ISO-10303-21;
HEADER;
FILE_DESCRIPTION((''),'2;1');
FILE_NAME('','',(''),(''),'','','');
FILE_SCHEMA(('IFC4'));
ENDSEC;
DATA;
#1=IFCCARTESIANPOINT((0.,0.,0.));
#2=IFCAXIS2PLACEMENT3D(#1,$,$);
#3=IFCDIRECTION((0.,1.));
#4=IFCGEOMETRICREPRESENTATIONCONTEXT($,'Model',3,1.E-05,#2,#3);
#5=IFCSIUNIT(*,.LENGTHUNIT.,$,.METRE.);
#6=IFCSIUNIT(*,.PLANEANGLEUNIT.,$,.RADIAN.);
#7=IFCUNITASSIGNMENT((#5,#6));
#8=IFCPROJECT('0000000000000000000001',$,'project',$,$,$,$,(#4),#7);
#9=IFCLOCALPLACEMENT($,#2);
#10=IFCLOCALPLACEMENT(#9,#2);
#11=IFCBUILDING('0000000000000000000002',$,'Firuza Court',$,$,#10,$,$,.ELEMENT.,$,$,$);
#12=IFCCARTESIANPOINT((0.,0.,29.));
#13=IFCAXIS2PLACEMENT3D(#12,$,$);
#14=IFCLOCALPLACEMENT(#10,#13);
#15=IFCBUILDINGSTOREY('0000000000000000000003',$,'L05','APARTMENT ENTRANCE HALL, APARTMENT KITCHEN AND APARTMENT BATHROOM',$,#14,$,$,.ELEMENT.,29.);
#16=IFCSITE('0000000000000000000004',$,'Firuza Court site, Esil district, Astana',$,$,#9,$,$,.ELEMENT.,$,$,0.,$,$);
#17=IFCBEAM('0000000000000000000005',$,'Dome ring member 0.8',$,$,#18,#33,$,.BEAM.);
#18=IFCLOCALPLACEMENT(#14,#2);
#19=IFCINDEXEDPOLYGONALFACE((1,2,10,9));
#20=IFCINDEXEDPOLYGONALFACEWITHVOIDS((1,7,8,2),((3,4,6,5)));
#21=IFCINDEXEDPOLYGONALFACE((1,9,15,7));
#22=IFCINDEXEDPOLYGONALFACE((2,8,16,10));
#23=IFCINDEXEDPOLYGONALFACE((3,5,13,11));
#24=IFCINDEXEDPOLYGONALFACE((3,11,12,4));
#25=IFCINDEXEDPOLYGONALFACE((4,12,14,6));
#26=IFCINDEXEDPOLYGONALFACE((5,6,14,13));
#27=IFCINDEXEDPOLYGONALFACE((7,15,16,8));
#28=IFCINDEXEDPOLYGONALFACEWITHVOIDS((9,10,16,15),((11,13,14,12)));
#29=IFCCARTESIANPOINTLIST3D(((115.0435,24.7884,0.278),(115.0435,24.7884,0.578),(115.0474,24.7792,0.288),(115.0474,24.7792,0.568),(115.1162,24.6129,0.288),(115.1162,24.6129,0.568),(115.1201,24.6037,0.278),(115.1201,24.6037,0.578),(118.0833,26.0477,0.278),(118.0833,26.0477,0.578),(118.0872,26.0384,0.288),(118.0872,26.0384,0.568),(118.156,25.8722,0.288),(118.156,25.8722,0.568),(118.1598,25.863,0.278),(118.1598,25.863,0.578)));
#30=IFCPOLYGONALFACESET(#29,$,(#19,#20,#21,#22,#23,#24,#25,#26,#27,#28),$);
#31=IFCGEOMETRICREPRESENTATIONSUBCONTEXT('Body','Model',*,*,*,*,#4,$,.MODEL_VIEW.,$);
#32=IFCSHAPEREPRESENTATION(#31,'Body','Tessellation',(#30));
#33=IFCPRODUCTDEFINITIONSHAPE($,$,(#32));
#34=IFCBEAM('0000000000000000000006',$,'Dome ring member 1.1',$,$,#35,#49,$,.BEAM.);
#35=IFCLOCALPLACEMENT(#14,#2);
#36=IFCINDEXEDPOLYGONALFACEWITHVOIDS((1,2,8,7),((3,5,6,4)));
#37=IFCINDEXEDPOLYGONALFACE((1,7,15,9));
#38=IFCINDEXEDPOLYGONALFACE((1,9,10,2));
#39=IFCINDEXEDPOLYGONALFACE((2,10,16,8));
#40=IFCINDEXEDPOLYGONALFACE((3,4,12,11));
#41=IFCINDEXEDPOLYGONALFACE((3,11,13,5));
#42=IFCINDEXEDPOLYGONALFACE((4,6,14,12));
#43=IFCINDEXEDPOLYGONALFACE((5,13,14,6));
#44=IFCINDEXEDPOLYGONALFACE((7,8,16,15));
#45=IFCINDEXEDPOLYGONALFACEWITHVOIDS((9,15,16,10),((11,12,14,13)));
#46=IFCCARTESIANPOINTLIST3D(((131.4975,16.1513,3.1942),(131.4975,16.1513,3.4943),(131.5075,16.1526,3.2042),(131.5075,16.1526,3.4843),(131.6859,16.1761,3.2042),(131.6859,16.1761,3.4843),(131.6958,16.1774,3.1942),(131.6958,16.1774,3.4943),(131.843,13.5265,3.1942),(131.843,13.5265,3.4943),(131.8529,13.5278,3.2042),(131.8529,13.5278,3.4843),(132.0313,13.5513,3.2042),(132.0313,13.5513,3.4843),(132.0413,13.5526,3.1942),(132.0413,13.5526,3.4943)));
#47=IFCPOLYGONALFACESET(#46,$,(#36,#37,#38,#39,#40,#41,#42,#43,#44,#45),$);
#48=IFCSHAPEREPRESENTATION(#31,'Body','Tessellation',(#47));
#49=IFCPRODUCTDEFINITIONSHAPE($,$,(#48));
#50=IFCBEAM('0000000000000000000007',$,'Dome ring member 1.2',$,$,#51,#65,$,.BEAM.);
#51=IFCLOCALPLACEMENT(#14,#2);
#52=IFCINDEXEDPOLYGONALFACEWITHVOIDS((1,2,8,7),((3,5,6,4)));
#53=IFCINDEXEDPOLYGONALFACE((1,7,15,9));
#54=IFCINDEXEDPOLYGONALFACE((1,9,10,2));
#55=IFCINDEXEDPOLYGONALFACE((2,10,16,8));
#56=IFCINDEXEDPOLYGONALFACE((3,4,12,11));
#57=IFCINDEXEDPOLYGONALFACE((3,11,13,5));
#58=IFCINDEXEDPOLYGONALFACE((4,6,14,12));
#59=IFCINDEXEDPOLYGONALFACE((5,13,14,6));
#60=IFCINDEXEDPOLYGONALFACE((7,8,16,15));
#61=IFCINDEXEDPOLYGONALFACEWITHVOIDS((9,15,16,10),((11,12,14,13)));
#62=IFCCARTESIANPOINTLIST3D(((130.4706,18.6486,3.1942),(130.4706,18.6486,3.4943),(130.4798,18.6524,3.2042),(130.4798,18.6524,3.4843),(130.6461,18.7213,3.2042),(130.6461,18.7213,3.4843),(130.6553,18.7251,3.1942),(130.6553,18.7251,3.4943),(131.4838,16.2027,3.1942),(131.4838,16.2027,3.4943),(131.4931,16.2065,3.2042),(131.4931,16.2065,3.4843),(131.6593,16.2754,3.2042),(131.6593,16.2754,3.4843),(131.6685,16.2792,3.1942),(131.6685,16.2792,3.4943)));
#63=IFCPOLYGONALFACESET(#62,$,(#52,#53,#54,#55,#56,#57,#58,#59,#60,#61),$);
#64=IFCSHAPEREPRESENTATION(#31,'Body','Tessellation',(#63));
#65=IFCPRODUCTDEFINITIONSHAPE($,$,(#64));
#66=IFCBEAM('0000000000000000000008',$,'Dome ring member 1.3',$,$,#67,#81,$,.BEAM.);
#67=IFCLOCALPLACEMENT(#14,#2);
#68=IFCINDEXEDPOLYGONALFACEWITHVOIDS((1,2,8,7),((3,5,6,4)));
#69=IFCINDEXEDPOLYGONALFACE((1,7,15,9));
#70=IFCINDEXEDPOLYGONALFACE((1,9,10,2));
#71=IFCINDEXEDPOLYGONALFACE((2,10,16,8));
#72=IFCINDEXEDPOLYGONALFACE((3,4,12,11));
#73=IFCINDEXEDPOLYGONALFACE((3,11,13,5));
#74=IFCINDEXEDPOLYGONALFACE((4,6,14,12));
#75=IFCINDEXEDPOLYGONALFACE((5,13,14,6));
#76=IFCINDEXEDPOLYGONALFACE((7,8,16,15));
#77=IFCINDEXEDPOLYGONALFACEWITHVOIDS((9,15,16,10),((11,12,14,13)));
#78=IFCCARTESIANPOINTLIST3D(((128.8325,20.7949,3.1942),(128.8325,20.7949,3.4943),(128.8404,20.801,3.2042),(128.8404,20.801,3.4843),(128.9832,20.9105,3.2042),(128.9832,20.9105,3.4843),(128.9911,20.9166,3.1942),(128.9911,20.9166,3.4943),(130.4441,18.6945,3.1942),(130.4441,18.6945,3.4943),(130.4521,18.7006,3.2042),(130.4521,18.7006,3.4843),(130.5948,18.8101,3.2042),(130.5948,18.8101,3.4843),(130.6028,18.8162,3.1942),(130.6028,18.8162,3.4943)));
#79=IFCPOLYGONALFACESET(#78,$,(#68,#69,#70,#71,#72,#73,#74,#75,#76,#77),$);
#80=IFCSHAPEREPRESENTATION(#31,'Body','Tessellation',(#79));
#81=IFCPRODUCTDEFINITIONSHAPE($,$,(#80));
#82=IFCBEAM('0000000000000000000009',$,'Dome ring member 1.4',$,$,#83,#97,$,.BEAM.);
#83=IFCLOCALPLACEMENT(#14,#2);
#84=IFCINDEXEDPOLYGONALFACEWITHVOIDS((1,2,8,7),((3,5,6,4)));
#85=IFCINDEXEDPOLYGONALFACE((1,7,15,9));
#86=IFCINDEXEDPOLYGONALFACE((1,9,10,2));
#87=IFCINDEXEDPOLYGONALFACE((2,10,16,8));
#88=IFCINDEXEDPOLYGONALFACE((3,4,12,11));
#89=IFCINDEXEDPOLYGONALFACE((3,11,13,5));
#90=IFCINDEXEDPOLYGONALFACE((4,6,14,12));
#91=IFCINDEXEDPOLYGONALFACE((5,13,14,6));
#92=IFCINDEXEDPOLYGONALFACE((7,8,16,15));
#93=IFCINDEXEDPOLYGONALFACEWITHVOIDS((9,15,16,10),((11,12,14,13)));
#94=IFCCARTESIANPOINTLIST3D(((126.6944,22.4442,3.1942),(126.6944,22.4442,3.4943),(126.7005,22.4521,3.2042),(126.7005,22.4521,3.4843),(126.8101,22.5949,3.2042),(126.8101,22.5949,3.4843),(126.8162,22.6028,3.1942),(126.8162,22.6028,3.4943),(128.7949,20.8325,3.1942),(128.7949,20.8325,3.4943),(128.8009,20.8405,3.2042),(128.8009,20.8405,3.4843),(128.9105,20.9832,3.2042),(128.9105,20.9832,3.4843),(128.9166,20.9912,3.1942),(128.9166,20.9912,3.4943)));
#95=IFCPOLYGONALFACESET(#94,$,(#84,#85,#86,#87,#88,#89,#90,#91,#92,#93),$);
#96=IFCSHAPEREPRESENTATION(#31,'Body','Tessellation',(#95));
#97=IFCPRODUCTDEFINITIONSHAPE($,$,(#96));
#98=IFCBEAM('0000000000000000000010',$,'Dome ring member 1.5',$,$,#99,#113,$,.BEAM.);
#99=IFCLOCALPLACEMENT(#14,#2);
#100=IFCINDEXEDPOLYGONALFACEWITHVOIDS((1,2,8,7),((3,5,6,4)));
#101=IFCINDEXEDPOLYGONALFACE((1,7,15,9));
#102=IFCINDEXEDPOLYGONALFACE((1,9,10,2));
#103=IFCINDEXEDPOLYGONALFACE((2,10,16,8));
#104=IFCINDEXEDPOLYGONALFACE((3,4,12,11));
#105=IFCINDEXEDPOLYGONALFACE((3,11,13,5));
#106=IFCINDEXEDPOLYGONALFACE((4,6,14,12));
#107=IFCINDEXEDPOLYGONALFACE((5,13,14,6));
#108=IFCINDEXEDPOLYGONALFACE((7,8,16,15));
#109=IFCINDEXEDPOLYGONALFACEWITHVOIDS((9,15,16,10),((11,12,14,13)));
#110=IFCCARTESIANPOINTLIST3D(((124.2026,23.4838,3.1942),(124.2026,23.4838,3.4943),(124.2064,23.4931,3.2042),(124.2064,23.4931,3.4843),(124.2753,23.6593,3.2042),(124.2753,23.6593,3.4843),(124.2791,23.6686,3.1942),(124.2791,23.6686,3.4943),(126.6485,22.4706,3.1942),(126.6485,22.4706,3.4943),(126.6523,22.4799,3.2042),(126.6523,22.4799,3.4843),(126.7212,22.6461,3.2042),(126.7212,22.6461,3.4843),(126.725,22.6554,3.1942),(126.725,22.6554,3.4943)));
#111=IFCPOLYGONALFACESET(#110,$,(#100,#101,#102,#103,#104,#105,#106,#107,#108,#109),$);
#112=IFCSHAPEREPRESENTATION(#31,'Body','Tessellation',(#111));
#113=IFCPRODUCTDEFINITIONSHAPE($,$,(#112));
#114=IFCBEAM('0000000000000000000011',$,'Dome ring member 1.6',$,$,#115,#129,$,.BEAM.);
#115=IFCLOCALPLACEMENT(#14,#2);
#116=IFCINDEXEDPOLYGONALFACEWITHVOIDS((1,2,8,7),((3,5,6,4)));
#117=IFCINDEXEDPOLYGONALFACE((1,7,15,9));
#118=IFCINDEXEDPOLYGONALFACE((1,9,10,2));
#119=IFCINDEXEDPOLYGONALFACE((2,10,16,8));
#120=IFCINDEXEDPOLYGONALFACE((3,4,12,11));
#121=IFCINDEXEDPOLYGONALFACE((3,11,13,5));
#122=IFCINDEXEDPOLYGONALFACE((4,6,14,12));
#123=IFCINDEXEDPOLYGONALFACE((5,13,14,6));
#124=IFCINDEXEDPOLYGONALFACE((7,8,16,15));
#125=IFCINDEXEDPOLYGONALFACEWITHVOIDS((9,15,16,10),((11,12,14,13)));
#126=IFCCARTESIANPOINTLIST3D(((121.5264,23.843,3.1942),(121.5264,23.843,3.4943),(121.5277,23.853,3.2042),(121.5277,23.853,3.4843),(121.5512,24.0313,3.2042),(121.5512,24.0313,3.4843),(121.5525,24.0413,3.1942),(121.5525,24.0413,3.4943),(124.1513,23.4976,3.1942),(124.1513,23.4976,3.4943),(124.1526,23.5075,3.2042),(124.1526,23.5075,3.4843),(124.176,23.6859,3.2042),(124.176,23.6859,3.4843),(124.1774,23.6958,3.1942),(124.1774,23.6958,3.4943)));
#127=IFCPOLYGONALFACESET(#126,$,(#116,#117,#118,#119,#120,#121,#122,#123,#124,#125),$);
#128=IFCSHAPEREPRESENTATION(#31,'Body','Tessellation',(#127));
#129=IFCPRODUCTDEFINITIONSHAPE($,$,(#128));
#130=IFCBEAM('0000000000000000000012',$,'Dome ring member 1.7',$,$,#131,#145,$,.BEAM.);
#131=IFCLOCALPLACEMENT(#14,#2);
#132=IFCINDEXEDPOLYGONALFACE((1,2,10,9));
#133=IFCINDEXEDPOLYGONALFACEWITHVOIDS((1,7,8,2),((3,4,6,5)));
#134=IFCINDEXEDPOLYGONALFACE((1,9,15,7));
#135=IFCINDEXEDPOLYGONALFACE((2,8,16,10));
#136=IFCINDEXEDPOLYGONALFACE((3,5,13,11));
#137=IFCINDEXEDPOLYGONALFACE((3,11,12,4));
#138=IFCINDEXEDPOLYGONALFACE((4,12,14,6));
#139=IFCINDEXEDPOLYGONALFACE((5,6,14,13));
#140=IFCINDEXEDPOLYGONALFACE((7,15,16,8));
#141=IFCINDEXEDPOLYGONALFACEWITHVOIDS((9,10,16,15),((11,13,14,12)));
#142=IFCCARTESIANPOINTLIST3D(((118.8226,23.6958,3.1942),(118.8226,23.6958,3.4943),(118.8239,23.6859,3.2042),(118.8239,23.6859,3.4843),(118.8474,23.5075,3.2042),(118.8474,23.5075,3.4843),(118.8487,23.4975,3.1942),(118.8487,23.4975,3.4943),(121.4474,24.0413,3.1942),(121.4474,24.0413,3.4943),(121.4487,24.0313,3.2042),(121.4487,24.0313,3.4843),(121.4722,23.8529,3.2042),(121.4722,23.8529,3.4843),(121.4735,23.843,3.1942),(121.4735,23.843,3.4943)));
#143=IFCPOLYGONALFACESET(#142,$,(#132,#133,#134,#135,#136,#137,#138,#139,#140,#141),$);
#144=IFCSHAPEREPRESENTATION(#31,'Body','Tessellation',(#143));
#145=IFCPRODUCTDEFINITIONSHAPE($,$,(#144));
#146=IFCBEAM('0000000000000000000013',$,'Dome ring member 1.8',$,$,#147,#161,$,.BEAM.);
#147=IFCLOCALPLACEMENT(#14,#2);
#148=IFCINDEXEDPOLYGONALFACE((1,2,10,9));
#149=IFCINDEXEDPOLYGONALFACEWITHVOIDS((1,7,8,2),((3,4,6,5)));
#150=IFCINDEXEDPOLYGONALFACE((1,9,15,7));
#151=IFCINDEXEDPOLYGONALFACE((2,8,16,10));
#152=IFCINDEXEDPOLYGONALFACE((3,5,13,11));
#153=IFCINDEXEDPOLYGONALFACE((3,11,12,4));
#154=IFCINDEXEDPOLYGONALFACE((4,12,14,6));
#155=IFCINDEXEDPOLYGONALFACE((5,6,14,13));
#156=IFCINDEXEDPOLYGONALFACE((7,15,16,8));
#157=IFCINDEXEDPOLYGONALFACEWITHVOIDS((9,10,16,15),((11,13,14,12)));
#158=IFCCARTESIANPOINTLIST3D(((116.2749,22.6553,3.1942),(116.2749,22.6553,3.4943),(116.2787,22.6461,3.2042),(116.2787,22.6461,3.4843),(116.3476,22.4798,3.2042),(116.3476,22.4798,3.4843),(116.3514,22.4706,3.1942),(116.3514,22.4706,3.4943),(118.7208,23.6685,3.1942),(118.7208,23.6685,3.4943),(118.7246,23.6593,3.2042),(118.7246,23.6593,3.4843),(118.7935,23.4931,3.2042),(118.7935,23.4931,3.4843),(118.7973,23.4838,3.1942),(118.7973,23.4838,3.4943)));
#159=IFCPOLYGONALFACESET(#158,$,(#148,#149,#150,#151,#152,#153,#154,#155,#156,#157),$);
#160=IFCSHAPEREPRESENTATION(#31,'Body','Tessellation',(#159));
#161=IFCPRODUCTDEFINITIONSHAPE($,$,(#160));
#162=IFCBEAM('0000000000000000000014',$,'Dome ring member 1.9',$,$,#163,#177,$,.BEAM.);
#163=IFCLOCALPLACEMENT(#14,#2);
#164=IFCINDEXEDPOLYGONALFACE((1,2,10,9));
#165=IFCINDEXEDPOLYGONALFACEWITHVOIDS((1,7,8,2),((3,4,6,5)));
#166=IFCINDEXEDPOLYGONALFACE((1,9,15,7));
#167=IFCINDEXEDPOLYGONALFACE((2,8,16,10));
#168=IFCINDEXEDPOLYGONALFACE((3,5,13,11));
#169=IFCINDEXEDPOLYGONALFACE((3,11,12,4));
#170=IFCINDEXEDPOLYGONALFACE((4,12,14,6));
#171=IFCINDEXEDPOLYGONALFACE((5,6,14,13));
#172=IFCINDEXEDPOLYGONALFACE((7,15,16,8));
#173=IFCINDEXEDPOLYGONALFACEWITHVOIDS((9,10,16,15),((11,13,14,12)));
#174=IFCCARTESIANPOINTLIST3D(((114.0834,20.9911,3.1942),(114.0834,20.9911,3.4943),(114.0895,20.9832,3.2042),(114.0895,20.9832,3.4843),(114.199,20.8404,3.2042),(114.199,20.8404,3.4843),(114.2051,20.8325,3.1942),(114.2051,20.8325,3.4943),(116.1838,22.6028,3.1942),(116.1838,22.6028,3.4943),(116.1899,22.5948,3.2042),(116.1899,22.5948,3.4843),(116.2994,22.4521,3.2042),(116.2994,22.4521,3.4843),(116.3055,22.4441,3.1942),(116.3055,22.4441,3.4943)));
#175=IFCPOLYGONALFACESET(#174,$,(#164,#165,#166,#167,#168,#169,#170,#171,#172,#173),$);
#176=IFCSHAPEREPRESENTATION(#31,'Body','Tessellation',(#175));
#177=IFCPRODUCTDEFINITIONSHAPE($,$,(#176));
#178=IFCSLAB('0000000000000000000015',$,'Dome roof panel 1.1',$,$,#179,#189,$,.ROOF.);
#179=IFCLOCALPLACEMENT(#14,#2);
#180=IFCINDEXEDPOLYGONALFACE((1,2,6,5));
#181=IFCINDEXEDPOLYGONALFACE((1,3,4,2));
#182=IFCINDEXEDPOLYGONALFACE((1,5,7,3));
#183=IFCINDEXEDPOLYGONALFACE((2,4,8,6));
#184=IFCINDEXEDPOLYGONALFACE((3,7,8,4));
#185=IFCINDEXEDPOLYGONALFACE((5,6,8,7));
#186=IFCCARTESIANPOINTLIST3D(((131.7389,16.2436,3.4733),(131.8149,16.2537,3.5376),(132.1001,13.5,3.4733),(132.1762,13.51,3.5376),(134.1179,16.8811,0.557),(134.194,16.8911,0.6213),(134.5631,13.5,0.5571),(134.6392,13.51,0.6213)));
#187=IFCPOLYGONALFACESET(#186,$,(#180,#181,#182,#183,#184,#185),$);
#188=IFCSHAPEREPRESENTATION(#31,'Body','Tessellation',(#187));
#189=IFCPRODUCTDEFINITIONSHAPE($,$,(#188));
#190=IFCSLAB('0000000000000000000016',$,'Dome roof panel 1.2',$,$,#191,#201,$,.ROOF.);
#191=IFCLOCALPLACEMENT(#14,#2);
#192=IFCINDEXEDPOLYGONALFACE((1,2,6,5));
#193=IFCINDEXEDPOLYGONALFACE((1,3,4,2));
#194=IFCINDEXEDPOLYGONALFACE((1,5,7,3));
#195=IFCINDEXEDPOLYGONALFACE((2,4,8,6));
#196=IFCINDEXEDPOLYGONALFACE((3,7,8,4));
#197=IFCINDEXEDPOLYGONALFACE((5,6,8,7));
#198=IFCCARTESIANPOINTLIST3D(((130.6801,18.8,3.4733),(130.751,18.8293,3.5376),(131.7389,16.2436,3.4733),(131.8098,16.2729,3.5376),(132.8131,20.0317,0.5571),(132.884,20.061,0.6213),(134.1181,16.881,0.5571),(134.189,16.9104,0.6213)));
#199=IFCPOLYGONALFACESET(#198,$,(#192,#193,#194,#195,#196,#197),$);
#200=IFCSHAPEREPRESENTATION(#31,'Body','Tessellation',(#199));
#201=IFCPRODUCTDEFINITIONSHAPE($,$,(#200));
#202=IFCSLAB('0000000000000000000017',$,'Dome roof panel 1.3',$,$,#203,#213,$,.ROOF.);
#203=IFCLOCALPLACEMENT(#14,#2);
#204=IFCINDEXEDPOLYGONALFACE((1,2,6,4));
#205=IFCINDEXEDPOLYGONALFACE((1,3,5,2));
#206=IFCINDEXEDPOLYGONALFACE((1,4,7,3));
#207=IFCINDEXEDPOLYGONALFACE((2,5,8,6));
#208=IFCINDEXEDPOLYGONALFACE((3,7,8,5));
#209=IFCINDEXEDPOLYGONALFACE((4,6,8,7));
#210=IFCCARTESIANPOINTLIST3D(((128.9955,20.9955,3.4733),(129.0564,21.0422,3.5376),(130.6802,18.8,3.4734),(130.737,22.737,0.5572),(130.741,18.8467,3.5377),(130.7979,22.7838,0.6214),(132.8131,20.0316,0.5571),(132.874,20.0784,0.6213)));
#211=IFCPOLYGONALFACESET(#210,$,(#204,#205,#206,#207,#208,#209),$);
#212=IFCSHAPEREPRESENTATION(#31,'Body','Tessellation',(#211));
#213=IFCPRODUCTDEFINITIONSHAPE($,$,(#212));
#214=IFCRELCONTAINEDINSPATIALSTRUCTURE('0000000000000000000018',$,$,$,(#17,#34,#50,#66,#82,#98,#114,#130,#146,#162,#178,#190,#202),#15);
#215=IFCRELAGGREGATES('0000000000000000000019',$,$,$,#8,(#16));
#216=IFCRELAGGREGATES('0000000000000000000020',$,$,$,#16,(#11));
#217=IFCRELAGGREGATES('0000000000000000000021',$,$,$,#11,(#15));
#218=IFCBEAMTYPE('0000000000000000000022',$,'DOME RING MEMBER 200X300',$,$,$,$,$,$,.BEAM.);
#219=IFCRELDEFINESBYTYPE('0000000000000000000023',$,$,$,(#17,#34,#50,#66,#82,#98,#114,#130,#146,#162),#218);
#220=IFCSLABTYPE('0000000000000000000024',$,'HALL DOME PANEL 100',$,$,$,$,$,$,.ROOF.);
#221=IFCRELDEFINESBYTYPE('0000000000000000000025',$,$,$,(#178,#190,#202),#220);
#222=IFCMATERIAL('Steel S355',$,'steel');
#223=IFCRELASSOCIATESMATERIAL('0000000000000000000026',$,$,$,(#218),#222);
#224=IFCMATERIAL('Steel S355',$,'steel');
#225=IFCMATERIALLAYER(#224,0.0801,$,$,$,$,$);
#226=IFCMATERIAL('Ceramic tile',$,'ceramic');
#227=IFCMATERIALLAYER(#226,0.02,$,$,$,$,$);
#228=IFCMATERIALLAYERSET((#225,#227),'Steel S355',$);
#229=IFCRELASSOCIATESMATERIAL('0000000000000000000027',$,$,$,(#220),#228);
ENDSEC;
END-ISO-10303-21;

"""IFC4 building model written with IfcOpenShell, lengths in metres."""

from ifc_helpers import new_model, si_unit, direction, frame, origin, origin_2d, place, context, subcontext, project, spatial, polyline, hollow_rectangle, outline, extrude, material, layer, layer_set, material_profile, profile_set, type_object, element, save


model = new_model("IFC4")

# Units and contexts
model_context = context("Model", 3, precision=1e-05, world=origin(), true_north=direction((0.0, 1.0)))
body_context = subcontext(model_context, "Body", "Model", "MODEL_VIEW")
ifc_project = project(units=[si_unit("LENGTHUNIT", "METRE"), si_unit("PLANEANGLEUNIT", "RADIAN")], contexts=[model_context])

# Site, building, storey
site_placement = place(None, origin())
site = spatial("IfcSite", under=ifc_project, at=site_placement, Name="Firuza Court site, Esil district, Astana", CompositionType="ELEMENT", RefElevation=0.0)
building_placement = place(site_placement, origin())
building = spatial("IfcBuilding", under=site, at=building_placement, Name="Firuza Court", CompositionType="ELEMENT")
storey_placement = place(building_placement, frame((0.0, 0.0, 29.0)))
storey = spatial("IfcBuildingStorey", under=building, at=storey_placement, Name="L05", Description="APARTMENT ENTRANCE HALL, APARTMENT KITCHEN AND APARTMENT BATHROOM", CompositionType="ELEMENT", Elevation=29.0)

# Beams
ifc_material_1 = material(Name="Steel S355", Category="steel")
ifc_material_profile_1 = material_profile(ifc_material_1, hollow_rectangle(XDim=0.2, YDim=0.3, WallThickness=0.01, at=origin_2d()), Name="RHS 300X200X10")
ifc_profile_set_1 = profile_set([ifc_material_profile_1], Name="Steel S355")
beam_type_1 = type_object("IfcBeamType", Name="DOME RING MEMBER 200X300", PredefinedType="BEAM", material=ifc_profile_set_1)
for number, where, z_axis, x_axis, name in (
    (1, (118.1216, 25.9553, 0.428), (-0.923863, -0.382723, 0.0), (0.382723, -0.923863, 0.0), "Dome ring member 0.8"),
):
    element("IfcBeam", number, at=place(storey_placement, frame(where, z_axis=z_axis, x_axis=x_axis)), inside=storey, type_object=beam_type_1, Name=name, PredefinedType="BEAM", context=body_context, shape_type="SweptSolid", body=[
        extrude(hollow_rectangle(XDim=0.2, YDim=0.3, WallThickness=0.01, at=origin_2d()), origin(), (0.0, 0.0, 1.0), 3.2903),
    ])
for number, where, z_axis, x_axis, name in (
    (2, (131.9421, 13.5396, 3.3442), (-0.13049, 0.99145, 0.0), (-0.99145, -0.13049, 0.0), "Dome ring member 1.1"),
    (3, (131.5762, 16.241, 3.3442), (-0.382716, 0.923866, 0.0), (-0.923866, -0.382716, 0.0), "Dome ring member 1.2"),
    (4, (130.5234, 18.7554, 3.3442), (-0.608743, 0.793367, 0.0), (-0.793367, -0.608743, 0.0), "Dome ring member 1.3"),
    (5, (128.8557, 20.9119, 3.3442), (-0.793367, 0.608743, 0.0), (-0.608743, -0.793367, 0.0), "Dome ring member 1.4"),
    (6, (126.6868, 22.563, 3.3442), (-0.923866, 0.382716, 0.0), (-0.382716, -0.923866, 0.0), "Dome ring member 1.5"),
    (7, (124.1643, 23.5967, 3.3442), (-0.99145, 0.13049, 0.0), (-0.13049, -0.99145, 0.0), "Dome ring member 1.6"),
    (8, (121.4604, 23.9421, 3.3442), (-0.99145, -0.13049, 0.0), (0.13049, -0.99145, 0.0), "Dome ring member 1.7"),
    (9, (118.759, 23.5762, 3.3442), (-0.923866, -0.382716, 0.0), (0.382716, -0.923866, 0.0), "Dome ring member 1.8"),
    (10, (116.2446, 22.5234, 3.3442), (-0.793367, -0.608743, 0.0), (0.608743, -0.793367, 0.0), "Dome ring member 1.9"),
):
    element("IfcBeam", number, at=place(storey_placement, frame(where, z_axis=z_axis, x_axis=x_axis)), inside=storey, type_object=beam_type_1, Name=name, PredefinedType="BEAM", context=body_context, shape_type="SweptSolid", body=[
        extrude(hollow_rectangle(XDim=0.2, YDim=0.3, WallThickness=0.01, at=origin_2d()), origin(), (0.0, 0.0, 1.0), 2.6475),
    ])

# Slabs
ifc_material_2 = material(Name="Steel S355", Category="steel")
ifc_layer_1 = layer(ifc_material_2, 0.0801)
ifc_material_3 = material(Name="Ceramic tile", Category="ceramic")
ifc_layer_2 = layer(ifc_material_3, 0.02)
ifc_layer_set = layer_set([ifc_layer_1, ifc_layer_2], Name="Steel S355")
slab_type = type_object("IfcSlabType", Name="HALL DOME PANEL 100", PredefinedType="ROOF", material=ifc_layer_set)
slab_1_placement = place(storey_placement, frame((134.6392, 13.51, 0.6213), z_axis=(0.760147, 0.100082, 0.641997), x_axis=(-0.645237, -0.000002, 0.763983)))
element("IfcSlab", 11, at=slab_1_placement, inside=storey, type_object=slab_type, Name="Dome roof panel 1.1", PredefinedType="ROOF", context=body_context, shape_type="SweptSolid", body=[
    extrude(outline(polyline([(0.0, 0.0), (3.8171, 0.0), (4.0503, -2.7575), (0.2872, -3.3982), (0.0, 0.0)])), origin(), (0.0, 0.0, -1.0), 0.1001),
])
slab_2_placement = place(storey_placement, frame((134.189, 16.9104, 0.6213), z_axis=(0.70834, 0.293384, 0.642013), x_axis=(-0.623268, -0.166994, 0.76397)))
element("IfcSlab", 12, at=slab_2_placement, inside=storey, type_object=slab_type, Name="Dome roof panel 1.2", PredefinedType="ROOF", context=body_context, shape_type="SweptSolid", body=[
    extrude(outline(polyline([(0.0, 0.0), (3.8172, 0.0), (4.0503, -2.7572), (0.2872, -3.3981), (0.0, 0.0)])), origin(), (0.0, 0.0, -1.0), 0.1001),
])
slab_3_placement = place(storey_placement, frame((132.874, 20.0784, 0.6213), z_axis=(0.608261, 0.466756, 0.641995), x_axis=(-0.55877, -0.322646, 0.763986)))
element("IfcSlab", 13, at=slab_3_placement, inside=storey, type_object=slab_type, Name="Dome roof panel 1.3", PredefinedType="ROOF", context=body_context, shape_type="SweptSolid", body=[
    extrude(outline(polyline([(0.0, 0.0), (3.8173, 0.0), (4.0502, -2.7575), (0.2872, -3.3981), (0.0, 0.0)])), origin(), (0.0, 0.0, -1.0), 0.1001),
])

save(model, "model.ifc")
